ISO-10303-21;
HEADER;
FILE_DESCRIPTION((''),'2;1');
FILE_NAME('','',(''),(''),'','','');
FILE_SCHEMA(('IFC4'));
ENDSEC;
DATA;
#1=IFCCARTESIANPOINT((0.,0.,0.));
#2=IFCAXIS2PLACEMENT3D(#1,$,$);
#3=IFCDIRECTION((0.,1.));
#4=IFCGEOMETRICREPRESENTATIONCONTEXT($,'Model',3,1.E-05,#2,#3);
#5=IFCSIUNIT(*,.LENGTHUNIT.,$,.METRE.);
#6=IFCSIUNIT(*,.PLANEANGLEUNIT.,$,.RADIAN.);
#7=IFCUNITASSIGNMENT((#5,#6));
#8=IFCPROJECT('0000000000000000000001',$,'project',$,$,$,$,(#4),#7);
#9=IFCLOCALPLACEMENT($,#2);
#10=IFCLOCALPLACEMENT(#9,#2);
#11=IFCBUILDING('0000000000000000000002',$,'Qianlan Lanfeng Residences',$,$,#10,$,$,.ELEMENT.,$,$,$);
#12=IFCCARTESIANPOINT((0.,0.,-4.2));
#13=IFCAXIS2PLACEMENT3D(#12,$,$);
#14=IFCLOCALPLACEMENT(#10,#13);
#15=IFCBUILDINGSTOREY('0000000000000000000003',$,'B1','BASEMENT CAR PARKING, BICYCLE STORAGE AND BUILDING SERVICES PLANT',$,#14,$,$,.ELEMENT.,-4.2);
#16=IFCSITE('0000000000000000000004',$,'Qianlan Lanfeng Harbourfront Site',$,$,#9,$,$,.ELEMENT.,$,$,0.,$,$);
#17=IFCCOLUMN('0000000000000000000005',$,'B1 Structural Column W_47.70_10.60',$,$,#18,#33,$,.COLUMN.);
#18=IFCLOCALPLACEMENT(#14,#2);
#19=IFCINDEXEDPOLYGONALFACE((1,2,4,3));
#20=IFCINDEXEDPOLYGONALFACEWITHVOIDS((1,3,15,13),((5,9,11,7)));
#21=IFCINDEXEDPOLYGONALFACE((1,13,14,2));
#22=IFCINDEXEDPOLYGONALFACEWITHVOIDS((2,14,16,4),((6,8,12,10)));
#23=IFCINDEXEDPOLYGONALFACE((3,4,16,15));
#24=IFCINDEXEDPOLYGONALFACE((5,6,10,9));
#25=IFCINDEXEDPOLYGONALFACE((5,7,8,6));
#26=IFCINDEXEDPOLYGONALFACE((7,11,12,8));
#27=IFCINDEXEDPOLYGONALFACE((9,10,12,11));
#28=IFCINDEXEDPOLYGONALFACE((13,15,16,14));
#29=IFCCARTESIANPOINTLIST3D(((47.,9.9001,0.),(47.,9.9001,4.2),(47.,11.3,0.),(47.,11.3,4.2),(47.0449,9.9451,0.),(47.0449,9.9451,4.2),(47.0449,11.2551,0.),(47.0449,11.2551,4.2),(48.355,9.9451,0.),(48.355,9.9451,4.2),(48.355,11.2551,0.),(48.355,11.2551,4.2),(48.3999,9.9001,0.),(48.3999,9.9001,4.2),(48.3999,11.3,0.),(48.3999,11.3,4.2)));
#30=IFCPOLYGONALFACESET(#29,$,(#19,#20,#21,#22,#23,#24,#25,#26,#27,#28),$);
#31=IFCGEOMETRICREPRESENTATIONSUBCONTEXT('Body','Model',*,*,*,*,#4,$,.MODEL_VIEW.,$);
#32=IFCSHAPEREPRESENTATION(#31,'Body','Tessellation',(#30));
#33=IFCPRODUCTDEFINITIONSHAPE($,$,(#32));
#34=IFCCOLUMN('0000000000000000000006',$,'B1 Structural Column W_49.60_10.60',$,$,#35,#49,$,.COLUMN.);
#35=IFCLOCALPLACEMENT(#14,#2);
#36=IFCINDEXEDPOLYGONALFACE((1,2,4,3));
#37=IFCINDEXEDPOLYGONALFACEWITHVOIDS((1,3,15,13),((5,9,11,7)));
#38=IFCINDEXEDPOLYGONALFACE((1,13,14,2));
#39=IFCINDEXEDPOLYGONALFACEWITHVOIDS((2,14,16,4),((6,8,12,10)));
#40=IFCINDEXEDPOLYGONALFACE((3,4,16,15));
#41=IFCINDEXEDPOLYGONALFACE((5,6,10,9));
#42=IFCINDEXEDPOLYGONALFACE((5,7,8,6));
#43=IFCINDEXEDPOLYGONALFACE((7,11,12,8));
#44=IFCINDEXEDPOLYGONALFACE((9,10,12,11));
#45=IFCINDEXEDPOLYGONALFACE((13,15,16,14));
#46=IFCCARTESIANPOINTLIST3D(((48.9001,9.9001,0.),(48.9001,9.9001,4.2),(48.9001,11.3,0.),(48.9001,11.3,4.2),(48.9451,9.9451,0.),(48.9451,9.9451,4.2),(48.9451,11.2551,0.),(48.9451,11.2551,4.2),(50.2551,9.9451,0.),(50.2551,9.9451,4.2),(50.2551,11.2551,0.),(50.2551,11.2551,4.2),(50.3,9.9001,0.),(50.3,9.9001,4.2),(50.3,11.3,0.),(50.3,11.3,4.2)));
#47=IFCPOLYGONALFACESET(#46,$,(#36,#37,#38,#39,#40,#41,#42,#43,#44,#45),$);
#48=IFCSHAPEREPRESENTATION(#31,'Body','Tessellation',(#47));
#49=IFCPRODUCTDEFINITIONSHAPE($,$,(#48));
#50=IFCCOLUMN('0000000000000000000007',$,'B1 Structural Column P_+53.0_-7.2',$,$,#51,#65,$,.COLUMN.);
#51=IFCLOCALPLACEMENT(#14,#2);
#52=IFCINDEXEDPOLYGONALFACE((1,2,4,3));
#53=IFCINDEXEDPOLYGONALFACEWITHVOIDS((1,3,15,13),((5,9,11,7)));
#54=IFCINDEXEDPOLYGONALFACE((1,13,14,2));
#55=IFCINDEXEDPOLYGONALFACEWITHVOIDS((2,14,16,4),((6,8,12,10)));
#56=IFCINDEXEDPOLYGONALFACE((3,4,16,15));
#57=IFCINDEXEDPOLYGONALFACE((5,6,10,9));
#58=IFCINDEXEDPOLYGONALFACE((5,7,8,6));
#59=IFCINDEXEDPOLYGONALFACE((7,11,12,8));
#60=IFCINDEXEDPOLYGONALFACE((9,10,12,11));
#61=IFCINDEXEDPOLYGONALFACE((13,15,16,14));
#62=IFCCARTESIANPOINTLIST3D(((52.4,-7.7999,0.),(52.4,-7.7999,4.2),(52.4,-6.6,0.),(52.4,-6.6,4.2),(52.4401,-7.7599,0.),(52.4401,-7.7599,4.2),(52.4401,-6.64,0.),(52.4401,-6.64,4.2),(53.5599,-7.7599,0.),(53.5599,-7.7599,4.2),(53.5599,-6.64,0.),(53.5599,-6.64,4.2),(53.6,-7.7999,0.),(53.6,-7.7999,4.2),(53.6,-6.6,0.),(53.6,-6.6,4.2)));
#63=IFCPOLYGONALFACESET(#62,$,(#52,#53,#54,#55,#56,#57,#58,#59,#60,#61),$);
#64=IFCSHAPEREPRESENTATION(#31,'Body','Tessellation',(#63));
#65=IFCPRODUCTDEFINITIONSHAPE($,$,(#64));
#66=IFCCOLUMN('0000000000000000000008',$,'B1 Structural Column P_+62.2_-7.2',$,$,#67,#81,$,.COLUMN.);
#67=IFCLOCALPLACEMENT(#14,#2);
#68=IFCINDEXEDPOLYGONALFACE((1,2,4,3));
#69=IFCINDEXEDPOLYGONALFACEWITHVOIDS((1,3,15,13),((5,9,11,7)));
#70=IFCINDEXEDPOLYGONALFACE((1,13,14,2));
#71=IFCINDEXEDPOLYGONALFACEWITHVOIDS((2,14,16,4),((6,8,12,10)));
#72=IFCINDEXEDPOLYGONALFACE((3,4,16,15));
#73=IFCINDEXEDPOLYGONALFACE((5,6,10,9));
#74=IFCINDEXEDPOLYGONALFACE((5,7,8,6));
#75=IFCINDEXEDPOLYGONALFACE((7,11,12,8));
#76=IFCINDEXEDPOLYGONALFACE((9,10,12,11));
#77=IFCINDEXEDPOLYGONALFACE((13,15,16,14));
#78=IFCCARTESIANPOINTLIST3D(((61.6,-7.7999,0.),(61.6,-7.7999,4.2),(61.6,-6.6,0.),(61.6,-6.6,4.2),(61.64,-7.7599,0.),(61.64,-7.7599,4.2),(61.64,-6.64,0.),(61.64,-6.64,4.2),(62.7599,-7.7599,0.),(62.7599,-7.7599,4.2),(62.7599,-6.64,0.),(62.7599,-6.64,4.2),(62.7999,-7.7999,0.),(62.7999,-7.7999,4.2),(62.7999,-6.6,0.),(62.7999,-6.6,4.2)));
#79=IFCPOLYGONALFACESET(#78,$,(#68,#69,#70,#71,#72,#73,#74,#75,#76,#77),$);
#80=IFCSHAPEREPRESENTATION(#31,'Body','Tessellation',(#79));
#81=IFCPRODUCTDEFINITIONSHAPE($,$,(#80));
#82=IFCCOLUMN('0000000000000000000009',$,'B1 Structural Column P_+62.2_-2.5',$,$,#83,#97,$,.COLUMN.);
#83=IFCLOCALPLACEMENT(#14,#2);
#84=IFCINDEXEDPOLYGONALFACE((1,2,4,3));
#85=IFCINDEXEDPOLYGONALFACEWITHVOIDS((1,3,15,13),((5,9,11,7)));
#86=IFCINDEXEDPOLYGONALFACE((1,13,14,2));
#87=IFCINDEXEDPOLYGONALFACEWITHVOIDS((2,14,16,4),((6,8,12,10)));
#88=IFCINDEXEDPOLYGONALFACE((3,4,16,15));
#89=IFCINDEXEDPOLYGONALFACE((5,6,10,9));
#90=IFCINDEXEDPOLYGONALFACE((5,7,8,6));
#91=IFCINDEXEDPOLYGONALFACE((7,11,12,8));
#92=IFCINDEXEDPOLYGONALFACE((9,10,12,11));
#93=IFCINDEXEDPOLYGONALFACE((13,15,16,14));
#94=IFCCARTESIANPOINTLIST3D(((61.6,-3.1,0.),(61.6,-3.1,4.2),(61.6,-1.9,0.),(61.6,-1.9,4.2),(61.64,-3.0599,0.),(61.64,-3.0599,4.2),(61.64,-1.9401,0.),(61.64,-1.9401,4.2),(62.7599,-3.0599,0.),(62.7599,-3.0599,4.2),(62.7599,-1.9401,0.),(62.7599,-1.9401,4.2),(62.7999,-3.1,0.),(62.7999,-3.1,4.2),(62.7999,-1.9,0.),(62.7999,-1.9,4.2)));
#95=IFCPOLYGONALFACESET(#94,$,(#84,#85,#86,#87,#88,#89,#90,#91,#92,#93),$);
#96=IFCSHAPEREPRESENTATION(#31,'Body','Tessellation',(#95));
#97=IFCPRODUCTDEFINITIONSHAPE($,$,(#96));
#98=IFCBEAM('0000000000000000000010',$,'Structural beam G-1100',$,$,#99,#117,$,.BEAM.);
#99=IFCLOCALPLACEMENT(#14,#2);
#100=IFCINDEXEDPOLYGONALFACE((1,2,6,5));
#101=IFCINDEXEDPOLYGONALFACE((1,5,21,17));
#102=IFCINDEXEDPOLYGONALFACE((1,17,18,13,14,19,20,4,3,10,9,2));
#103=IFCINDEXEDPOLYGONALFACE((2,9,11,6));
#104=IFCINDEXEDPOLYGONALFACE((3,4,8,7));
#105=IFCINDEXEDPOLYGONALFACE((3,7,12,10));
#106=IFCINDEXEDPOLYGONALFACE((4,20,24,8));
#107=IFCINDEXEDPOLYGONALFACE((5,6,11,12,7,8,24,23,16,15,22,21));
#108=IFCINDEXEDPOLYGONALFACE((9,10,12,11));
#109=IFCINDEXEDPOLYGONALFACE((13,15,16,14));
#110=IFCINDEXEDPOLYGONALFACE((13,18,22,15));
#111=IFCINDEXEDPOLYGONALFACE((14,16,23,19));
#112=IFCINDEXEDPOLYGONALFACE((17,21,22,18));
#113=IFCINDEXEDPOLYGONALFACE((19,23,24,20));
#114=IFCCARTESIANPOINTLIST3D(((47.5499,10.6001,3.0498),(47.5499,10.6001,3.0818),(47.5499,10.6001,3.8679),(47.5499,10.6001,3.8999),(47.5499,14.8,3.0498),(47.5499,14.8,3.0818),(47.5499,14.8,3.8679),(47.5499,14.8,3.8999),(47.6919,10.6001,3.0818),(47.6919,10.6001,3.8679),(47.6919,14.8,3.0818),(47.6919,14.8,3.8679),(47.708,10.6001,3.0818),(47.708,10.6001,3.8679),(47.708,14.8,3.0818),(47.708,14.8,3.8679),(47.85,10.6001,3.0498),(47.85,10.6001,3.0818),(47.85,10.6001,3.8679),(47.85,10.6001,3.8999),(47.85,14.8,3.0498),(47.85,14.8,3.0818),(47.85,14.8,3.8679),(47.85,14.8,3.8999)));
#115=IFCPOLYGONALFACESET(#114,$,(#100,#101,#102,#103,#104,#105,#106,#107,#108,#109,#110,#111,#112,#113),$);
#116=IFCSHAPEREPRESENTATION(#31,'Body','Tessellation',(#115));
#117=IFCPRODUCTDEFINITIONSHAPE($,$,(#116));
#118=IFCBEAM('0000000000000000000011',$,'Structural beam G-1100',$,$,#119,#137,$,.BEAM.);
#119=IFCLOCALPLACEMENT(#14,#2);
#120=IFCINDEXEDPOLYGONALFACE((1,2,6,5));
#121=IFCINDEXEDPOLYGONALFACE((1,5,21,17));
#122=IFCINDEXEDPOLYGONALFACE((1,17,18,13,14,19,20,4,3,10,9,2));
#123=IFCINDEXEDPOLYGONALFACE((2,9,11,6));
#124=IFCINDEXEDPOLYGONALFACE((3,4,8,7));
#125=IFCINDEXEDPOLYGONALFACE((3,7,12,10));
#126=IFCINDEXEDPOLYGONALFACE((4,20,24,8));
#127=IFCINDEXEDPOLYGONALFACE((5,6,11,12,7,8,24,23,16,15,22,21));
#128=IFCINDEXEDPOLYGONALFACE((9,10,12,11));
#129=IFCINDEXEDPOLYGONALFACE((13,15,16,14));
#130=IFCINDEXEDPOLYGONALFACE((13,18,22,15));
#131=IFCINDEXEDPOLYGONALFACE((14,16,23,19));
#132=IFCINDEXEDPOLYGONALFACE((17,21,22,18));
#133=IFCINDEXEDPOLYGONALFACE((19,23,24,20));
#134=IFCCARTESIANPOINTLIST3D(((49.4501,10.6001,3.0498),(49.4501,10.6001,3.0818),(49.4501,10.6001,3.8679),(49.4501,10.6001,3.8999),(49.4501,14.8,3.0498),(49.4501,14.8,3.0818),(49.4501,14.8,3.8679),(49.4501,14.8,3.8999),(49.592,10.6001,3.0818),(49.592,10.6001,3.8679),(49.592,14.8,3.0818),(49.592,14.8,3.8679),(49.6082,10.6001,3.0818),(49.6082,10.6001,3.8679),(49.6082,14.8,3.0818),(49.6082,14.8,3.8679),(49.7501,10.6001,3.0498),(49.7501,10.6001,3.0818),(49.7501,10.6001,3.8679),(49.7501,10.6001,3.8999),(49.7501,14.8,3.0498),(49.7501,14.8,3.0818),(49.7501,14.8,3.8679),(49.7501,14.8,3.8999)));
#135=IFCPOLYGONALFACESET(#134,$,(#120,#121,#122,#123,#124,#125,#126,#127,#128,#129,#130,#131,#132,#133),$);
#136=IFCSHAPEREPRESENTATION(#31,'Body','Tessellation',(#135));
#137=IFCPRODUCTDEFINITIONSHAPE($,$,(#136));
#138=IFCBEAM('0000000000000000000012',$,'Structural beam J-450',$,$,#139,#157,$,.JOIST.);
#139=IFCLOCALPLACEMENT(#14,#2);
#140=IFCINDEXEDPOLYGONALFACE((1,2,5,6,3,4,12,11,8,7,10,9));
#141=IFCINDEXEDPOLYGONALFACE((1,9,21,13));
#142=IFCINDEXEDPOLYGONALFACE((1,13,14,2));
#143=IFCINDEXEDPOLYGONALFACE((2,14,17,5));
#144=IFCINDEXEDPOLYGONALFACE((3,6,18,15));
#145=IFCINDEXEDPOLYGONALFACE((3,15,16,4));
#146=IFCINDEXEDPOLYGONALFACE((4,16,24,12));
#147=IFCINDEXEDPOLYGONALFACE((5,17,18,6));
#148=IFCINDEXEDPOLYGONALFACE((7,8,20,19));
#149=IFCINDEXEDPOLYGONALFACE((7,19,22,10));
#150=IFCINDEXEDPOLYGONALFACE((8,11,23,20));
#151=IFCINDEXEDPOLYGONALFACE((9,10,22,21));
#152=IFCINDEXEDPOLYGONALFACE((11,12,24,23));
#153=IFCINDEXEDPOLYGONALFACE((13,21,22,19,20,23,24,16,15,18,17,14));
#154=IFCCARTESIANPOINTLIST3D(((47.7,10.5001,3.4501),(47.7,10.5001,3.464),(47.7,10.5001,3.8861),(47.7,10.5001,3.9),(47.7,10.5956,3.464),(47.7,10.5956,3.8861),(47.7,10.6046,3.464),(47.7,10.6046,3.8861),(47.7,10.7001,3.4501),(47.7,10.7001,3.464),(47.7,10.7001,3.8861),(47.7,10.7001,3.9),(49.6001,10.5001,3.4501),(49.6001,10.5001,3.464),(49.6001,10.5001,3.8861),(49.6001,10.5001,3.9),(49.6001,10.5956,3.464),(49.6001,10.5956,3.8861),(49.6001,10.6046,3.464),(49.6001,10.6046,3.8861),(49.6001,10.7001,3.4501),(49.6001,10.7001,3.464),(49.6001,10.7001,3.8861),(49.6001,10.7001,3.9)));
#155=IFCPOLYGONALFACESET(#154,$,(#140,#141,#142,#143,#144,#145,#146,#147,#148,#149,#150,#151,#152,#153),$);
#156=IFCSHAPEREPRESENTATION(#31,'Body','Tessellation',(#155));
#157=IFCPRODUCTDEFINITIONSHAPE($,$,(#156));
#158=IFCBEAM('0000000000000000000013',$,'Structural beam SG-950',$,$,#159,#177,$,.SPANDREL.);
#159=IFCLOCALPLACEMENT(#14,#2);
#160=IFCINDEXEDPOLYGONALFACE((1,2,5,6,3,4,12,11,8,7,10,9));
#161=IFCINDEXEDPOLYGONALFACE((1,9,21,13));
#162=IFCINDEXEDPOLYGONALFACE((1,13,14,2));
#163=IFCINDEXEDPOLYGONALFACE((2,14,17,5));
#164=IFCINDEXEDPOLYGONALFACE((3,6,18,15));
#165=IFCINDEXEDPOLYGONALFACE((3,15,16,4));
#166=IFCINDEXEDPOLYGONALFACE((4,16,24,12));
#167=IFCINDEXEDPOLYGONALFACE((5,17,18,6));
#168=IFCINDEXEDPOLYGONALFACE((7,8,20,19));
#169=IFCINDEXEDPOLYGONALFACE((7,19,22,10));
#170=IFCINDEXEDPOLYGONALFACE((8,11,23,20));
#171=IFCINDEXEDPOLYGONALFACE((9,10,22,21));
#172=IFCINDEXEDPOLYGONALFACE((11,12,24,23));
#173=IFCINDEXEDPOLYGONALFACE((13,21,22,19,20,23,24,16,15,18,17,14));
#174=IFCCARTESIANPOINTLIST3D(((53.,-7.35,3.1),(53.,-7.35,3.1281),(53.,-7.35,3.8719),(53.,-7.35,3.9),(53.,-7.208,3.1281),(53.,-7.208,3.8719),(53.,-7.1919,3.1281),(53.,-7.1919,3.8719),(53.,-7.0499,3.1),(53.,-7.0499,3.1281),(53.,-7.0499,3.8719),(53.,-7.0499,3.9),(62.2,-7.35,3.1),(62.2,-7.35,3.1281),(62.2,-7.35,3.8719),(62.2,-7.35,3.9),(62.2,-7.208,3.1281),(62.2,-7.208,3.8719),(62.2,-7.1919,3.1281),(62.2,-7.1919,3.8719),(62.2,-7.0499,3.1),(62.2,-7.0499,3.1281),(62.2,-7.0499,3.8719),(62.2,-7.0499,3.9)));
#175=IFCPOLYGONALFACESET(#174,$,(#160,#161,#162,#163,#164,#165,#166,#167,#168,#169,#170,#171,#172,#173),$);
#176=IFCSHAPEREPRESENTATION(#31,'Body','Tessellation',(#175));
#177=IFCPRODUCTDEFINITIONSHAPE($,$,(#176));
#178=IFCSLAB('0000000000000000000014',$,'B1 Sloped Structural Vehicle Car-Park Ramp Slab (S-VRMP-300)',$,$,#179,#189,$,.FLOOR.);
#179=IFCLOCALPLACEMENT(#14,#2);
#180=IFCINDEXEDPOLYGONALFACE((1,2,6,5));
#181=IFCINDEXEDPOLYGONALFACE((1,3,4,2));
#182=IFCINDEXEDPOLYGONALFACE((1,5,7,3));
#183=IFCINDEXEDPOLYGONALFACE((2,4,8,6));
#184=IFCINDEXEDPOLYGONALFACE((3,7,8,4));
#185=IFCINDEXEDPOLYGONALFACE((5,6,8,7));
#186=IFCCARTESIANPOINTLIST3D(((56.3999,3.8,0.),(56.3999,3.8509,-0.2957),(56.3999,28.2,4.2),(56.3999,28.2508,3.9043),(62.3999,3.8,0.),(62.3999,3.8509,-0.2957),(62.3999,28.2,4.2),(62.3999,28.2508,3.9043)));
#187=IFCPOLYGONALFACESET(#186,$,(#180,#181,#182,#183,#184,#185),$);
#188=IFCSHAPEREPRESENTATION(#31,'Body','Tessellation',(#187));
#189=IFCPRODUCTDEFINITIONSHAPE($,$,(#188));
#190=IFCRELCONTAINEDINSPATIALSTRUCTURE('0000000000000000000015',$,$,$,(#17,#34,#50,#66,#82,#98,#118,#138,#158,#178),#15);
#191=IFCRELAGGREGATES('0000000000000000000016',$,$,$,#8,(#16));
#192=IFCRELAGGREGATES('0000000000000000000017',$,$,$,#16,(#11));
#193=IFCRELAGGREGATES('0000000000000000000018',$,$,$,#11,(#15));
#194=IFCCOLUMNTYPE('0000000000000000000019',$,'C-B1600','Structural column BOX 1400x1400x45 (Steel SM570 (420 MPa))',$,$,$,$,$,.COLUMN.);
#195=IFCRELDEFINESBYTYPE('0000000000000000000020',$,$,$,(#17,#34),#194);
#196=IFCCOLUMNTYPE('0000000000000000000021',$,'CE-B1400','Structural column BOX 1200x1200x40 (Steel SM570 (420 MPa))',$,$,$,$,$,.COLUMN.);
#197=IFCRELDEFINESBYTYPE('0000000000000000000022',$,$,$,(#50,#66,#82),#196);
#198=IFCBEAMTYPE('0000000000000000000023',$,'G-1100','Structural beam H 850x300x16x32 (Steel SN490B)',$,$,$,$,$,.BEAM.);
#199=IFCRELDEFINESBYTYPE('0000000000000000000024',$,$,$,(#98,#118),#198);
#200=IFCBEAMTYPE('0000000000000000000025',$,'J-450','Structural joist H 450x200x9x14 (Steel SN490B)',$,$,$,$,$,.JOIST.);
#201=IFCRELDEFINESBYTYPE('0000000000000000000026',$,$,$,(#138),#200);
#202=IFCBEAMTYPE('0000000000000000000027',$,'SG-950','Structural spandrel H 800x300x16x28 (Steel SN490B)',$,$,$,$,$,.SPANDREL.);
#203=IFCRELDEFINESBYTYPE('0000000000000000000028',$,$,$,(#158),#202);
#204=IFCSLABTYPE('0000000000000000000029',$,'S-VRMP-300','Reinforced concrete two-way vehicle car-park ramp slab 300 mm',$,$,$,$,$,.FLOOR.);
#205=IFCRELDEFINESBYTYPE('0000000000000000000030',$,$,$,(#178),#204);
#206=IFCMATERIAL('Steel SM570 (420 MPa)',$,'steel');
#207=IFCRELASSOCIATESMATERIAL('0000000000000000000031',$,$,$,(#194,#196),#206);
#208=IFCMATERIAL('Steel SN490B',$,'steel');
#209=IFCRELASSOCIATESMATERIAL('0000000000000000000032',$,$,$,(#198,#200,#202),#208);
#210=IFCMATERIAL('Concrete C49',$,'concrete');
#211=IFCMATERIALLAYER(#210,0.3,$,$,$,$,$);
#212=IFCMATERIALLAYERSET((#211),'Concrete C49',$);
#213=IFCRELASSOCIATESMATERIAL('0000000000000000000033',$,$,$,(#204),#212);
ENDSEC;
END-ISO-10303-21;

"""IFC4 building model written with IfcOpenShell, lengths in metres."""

from ifc_helpers import new_model, si_unit, direction, frame, origin, origin_2d, place, context, subcontext, project, spatial, polyline, hollow_rectangle, i_section, outline, extrude, material, layer, layer_set, material_profile, profile_set, type_object, element, save


model = new_model("IFC4")

# Units and contexts
model_context = context("Model", 3, precision=1e-05, world=origin(), true_north=direction((0.0, 1.0)))
body_context = subcontext(model_context, "Body", "Model", "MODEL_VIEW")
ifc_project = project(units=[si_unit("LENGTHUNIT", "METRE"), si_unit("PLANEANGLEUNIT", "RADIAN")], contexts=[model_context])

# Site, building, storey
site_placement = place(None, origin())
site = spatial("IfcSite", under=ifc_project, at=site_placement, Name="Qianlan Lanfeng Harbourfront Site", CompositionType="ELEMENT", RefElevation=0.0)
building_placement = place(site_placement, origin())
building = spatial("IfcBuilding", under=site, at=building_placement, Name="Qianlan Lanfeng Residences", CompositionType="ELEMENT")
storey_placement = place(building_placement, frame((0.0, 0.0, -4.2)))
storey = spatial("IfcBuildingStorey", under=building, at=storey_placement, Name="B1", Description="BASEMENT CAR PARKING, BICYCLE STORAGE AND BUILDING SERVICES PLANT", CompositionType="ELEMENT", Elevation=-4.2)

# Columns
ifc_material_1 = material(Name="Steel SM570 (420 MPa)", Category="steel")
ifc_material_profile_1 = material_profile(ifc_material_1, hollow_rectangle(XDim=1.3999, YDim=1.3999, WallThickness=0.0449, at=origin_2d()), Name="BOX 1400x1400x45")
ifc_profile_set_1 = profile_set([ifc_material_profile_1], Name="Steel SM570 (420 MPa)")
column_type_1 = type_object("IfcColumnType", Name="C-B1600", Description="Structural column BOX 1400x1400x45 (Steel SM570 (420 MPa))", PredefinedType="COLUMN", material=ifc_profile_set_1)
for number, where, z_axis, x_axis, name in (
    (1, (47.7, 10.6001, 0.0), (0.0, 0.0, 1.0), (1.0, 0.0, 0.0), "B1 Structural Column W_47.70_10.60"),
    (2, (49.6001, 10.6001, 0.0), (0.0, 0.0, 1.0), (1.0, 0.0, 0.0), "B1 Structural Column W_49.60_10.60"),
):
    element("IfcColumn", number, at=place(storey_placement, frame(where, z_axis=z_axis, x_axis=x_axis)), inside=storey, type_object=column_type_1, Name=name, PredefinedType="COLUMN", context=body_context, shape_type="SweptSolid", body=[
        extrude(hollow_rectangle(XDim=1.3999, YDim=1.3999, WallThickness=0.0449, at=origin_2d()), origin(), (0.0, 0.0, 1.0), 4.2),
    ])
ifc_material_profile_2 = material_profile(ifc_material_1, hollow_rectangle(XDim=1.2, YDim=1.2, WallThickness=0.04, at=origin_2d()), Name="BOX 1200x1200x40")
ifc_profile_set_2 = profile_set([ifc_material_profile_2], Name="Steel SM570 (420 MPa)")
column_type_2 = type_object("IfcColumnType", Name="CE-B1400", Description="Structural column BOX 1200x1200x40 (Steel SM570 (420 MPa))", PredefinedType="COLUMN", material=ifc_profile_set_2)
for number, where, z_axis, x_axis, name in (
    (3, (53.0, -7.2, 0.0), (0.0, 0.0, 1.0), (1.0, 0.0, 0.0), "B1 Structural Column P_+53.0_-7.2"),
    (4, (62.2, -7.2, 0.0), (0.0, 0.0, 1.0), (1.0, 0.0, 0.0), "B1 Structural Column P_+62.2_-7.2"),
    (5, (62.2, -2.5, 0.0), (0.0, 0.0, 1.0), (1.0, 0.0, 0.0), "B1 Structural Column P_+62.2_-2.5"),
):
    element("IfcColumn", number, at=place(storey_placement, frame(where, z_axis=z_axis, x_axis=x_axis)), inside=storey, type_object=column_type_2, Name=name, PredefinedType="COLUMN", context=body_context, shape_type="SweptSolid", body=[
        extrude(hollow_rectangle(XDim=1.2, YDim=1.2, WallThickness=0.04, at=origin_2d()), origin(), (0.0, 0.0, 1.0), 4.2),
    ])

# Beams
ifc_material_2 = material(Name="Steel SN490B", Category="steel")
ifc_material_profile_3 = material_profile(ifc_material_2, i_section(OverallWidth=0.3, OverallDepth=0.8501, WebThickness=0.0161, FlangeThickness=0.032, at=origin_2d()), Name="H 850x300x16x32")
ifc_profile_set_3 = profile_set([ifc_material_profile_3], Name="Steel SN490B")
beam_type_1 = type_object("IfcBeamType", Name="G-1100", Description="Structural beam H 850x300x16x32 (Steel SN490B)", PredefinedType="BEAM", material=ifc_profile_set_3)
for number, where, z_axis, x_axis, name in (
    (6, (47.7, 10.6001, 3.4749), (0.0, 1.0, 0.0), (-1.0, 0.0, 0.0), "Structural beam G-1100"),
    (7, (49.6001, 10.6001, 3.4749), (0.0, 1.0, 0.0), (-1.0, 0.0, 0.0), "Structural beam G-1100"),
):
    element("IfcBeam", number, at=place(storey_placement, frame(where, z_axis=z_axis, x_axis=x_axis)), inside=storey, type_object=beam_type_1, Name=name, PredefinedType="BEAM", context=body_context, shape_type="SweptSolid", body=[
        extrude(i_section(OverallWidth=0.3, OverallDepth=0.8501, WebThickness=0.0161, FlangeThickness=0.032, at=origin_2d()), origin(), (0.0, 0.0, 1.0), 4.2),
    ])
ifc_material_profile_4 = material_profile(ifc_material_2, i_section(OverallWidth=0.2, OverallDepth=0.45, WebThickness=0.009, FlangeThickness=0.0139, at=origin_2d()), Name="H 450x200x9x14")
ifc_profile_set_4 = profile_set([ifc_material_profile_4], Name="Steel SN490B")
beam_type_2 = type_object("IfcBeamType", Name="J-450", Description="Structural joist H 450x200x9x14 (Steel SN490B)", PredefinedType="JOIST", material=ifc_profile_set_4)
beam_1_placement = place(storey_placement, frame((47.7, 10.6001, 3.675), z_axis=(1.0, 0.0, 0.0), x_axis=(0.0, 1.0, 0.0)))
element("IfcBeam", 8, at=beam_1_placement, inside=storey, type_object=beam_type_2, Name="Structural beam J-450", PredefinedType="JOIST", context=body_context, shape_type="SweptSolid", body=[
    extrude(i_section(OverallWidth=0.2, OverallDepth=0.45, WebThickness=0.009, FlangeThickness=0.0139, at=origin_2d()), origin(), (0.0, 0.0, 1.0), 1.9001),
])
ifc_material_profile_5 = material_profile(ifc_material_2, i_section(OverallWidth=0.3, OverallDepth=0.8, WebThickness=0.0161, FlangeThickness=0.0281, at=origin_2d()), Name="H 800x300x16x28")
ifc_profile_set_5 = profile_set([ifc_material_profile_5], Name="Steel SN490B")
beam_type_3 = type_object("IfcBeamType", Name="SG-950", Description="Structural spandrel H 800x300x16x28 (Steel SN490B)", PredefinedType="SPANDREL", material=ifc_profile_set_5)
beam_2_placement = place(storey_placement, frame((53.0, -7.2, 3.5), z_axis=(1.0, 0.0, 0.0), x_axis=(0.0, 1.0, 0.0)))
element("IfcBeam", 9, at=beam_2_placement, inside=storey, type_object=beam_type_3, Name="Structural beam SG-950", PredefinedType="SPANDREL", context=body_context, shape_type="SweptSolid", body=[
    extrude(i_section(OverallWidth=0.3, OverallDepth=0.8, WebThickness=0.0161, FlangeThickness=0.0281, at=origin_2d()), origin(), (0.0, 0.0, 1.0), 9.2),
])

# Slab
ifc_material_3 = material(Name="Concrete C49", Category="concrete")
ifc_layer_1 = layer(ifc_material_3, 0.3)
ifc_layer_set_1 = layer_set([ifc_layer_1], Name="Concrete C49")
slab_type = type_object("IfcSlabType", Name="S-VRMP-300", Description="Reinforced concrete two-way vehicle car-park ramp slab 300 mm", PredefinedType="FLOOR", material=ifc_layer_set_1)
slab_placement = place(storey_placement, frame((56.3999, 3.8, 0.0), z_axis=(0.0, -0.169635, 0.985507), x_axis=(1.0, 0.0, 0.0)))
element("IfcSlab", 10, at=slab_placement, inside=storey, type_object=slab_type, Name="B1 Sloped Structural Vehicle Car-Park Ramp Slab (S-VRMP-300)", PredefinedType="FLOOR", context=body_context, shape_type="SweptSolid", body=[
    extrude(outline(polyline([(0.0, 0.0), (6.0, 0.0), (6.0, 24.7587), (0.0, 24.7587), (0.0, 0.0)])), origin(), (0.0, 0.0, -1.0), 0.3),
])

save(model, "model.ifc")
